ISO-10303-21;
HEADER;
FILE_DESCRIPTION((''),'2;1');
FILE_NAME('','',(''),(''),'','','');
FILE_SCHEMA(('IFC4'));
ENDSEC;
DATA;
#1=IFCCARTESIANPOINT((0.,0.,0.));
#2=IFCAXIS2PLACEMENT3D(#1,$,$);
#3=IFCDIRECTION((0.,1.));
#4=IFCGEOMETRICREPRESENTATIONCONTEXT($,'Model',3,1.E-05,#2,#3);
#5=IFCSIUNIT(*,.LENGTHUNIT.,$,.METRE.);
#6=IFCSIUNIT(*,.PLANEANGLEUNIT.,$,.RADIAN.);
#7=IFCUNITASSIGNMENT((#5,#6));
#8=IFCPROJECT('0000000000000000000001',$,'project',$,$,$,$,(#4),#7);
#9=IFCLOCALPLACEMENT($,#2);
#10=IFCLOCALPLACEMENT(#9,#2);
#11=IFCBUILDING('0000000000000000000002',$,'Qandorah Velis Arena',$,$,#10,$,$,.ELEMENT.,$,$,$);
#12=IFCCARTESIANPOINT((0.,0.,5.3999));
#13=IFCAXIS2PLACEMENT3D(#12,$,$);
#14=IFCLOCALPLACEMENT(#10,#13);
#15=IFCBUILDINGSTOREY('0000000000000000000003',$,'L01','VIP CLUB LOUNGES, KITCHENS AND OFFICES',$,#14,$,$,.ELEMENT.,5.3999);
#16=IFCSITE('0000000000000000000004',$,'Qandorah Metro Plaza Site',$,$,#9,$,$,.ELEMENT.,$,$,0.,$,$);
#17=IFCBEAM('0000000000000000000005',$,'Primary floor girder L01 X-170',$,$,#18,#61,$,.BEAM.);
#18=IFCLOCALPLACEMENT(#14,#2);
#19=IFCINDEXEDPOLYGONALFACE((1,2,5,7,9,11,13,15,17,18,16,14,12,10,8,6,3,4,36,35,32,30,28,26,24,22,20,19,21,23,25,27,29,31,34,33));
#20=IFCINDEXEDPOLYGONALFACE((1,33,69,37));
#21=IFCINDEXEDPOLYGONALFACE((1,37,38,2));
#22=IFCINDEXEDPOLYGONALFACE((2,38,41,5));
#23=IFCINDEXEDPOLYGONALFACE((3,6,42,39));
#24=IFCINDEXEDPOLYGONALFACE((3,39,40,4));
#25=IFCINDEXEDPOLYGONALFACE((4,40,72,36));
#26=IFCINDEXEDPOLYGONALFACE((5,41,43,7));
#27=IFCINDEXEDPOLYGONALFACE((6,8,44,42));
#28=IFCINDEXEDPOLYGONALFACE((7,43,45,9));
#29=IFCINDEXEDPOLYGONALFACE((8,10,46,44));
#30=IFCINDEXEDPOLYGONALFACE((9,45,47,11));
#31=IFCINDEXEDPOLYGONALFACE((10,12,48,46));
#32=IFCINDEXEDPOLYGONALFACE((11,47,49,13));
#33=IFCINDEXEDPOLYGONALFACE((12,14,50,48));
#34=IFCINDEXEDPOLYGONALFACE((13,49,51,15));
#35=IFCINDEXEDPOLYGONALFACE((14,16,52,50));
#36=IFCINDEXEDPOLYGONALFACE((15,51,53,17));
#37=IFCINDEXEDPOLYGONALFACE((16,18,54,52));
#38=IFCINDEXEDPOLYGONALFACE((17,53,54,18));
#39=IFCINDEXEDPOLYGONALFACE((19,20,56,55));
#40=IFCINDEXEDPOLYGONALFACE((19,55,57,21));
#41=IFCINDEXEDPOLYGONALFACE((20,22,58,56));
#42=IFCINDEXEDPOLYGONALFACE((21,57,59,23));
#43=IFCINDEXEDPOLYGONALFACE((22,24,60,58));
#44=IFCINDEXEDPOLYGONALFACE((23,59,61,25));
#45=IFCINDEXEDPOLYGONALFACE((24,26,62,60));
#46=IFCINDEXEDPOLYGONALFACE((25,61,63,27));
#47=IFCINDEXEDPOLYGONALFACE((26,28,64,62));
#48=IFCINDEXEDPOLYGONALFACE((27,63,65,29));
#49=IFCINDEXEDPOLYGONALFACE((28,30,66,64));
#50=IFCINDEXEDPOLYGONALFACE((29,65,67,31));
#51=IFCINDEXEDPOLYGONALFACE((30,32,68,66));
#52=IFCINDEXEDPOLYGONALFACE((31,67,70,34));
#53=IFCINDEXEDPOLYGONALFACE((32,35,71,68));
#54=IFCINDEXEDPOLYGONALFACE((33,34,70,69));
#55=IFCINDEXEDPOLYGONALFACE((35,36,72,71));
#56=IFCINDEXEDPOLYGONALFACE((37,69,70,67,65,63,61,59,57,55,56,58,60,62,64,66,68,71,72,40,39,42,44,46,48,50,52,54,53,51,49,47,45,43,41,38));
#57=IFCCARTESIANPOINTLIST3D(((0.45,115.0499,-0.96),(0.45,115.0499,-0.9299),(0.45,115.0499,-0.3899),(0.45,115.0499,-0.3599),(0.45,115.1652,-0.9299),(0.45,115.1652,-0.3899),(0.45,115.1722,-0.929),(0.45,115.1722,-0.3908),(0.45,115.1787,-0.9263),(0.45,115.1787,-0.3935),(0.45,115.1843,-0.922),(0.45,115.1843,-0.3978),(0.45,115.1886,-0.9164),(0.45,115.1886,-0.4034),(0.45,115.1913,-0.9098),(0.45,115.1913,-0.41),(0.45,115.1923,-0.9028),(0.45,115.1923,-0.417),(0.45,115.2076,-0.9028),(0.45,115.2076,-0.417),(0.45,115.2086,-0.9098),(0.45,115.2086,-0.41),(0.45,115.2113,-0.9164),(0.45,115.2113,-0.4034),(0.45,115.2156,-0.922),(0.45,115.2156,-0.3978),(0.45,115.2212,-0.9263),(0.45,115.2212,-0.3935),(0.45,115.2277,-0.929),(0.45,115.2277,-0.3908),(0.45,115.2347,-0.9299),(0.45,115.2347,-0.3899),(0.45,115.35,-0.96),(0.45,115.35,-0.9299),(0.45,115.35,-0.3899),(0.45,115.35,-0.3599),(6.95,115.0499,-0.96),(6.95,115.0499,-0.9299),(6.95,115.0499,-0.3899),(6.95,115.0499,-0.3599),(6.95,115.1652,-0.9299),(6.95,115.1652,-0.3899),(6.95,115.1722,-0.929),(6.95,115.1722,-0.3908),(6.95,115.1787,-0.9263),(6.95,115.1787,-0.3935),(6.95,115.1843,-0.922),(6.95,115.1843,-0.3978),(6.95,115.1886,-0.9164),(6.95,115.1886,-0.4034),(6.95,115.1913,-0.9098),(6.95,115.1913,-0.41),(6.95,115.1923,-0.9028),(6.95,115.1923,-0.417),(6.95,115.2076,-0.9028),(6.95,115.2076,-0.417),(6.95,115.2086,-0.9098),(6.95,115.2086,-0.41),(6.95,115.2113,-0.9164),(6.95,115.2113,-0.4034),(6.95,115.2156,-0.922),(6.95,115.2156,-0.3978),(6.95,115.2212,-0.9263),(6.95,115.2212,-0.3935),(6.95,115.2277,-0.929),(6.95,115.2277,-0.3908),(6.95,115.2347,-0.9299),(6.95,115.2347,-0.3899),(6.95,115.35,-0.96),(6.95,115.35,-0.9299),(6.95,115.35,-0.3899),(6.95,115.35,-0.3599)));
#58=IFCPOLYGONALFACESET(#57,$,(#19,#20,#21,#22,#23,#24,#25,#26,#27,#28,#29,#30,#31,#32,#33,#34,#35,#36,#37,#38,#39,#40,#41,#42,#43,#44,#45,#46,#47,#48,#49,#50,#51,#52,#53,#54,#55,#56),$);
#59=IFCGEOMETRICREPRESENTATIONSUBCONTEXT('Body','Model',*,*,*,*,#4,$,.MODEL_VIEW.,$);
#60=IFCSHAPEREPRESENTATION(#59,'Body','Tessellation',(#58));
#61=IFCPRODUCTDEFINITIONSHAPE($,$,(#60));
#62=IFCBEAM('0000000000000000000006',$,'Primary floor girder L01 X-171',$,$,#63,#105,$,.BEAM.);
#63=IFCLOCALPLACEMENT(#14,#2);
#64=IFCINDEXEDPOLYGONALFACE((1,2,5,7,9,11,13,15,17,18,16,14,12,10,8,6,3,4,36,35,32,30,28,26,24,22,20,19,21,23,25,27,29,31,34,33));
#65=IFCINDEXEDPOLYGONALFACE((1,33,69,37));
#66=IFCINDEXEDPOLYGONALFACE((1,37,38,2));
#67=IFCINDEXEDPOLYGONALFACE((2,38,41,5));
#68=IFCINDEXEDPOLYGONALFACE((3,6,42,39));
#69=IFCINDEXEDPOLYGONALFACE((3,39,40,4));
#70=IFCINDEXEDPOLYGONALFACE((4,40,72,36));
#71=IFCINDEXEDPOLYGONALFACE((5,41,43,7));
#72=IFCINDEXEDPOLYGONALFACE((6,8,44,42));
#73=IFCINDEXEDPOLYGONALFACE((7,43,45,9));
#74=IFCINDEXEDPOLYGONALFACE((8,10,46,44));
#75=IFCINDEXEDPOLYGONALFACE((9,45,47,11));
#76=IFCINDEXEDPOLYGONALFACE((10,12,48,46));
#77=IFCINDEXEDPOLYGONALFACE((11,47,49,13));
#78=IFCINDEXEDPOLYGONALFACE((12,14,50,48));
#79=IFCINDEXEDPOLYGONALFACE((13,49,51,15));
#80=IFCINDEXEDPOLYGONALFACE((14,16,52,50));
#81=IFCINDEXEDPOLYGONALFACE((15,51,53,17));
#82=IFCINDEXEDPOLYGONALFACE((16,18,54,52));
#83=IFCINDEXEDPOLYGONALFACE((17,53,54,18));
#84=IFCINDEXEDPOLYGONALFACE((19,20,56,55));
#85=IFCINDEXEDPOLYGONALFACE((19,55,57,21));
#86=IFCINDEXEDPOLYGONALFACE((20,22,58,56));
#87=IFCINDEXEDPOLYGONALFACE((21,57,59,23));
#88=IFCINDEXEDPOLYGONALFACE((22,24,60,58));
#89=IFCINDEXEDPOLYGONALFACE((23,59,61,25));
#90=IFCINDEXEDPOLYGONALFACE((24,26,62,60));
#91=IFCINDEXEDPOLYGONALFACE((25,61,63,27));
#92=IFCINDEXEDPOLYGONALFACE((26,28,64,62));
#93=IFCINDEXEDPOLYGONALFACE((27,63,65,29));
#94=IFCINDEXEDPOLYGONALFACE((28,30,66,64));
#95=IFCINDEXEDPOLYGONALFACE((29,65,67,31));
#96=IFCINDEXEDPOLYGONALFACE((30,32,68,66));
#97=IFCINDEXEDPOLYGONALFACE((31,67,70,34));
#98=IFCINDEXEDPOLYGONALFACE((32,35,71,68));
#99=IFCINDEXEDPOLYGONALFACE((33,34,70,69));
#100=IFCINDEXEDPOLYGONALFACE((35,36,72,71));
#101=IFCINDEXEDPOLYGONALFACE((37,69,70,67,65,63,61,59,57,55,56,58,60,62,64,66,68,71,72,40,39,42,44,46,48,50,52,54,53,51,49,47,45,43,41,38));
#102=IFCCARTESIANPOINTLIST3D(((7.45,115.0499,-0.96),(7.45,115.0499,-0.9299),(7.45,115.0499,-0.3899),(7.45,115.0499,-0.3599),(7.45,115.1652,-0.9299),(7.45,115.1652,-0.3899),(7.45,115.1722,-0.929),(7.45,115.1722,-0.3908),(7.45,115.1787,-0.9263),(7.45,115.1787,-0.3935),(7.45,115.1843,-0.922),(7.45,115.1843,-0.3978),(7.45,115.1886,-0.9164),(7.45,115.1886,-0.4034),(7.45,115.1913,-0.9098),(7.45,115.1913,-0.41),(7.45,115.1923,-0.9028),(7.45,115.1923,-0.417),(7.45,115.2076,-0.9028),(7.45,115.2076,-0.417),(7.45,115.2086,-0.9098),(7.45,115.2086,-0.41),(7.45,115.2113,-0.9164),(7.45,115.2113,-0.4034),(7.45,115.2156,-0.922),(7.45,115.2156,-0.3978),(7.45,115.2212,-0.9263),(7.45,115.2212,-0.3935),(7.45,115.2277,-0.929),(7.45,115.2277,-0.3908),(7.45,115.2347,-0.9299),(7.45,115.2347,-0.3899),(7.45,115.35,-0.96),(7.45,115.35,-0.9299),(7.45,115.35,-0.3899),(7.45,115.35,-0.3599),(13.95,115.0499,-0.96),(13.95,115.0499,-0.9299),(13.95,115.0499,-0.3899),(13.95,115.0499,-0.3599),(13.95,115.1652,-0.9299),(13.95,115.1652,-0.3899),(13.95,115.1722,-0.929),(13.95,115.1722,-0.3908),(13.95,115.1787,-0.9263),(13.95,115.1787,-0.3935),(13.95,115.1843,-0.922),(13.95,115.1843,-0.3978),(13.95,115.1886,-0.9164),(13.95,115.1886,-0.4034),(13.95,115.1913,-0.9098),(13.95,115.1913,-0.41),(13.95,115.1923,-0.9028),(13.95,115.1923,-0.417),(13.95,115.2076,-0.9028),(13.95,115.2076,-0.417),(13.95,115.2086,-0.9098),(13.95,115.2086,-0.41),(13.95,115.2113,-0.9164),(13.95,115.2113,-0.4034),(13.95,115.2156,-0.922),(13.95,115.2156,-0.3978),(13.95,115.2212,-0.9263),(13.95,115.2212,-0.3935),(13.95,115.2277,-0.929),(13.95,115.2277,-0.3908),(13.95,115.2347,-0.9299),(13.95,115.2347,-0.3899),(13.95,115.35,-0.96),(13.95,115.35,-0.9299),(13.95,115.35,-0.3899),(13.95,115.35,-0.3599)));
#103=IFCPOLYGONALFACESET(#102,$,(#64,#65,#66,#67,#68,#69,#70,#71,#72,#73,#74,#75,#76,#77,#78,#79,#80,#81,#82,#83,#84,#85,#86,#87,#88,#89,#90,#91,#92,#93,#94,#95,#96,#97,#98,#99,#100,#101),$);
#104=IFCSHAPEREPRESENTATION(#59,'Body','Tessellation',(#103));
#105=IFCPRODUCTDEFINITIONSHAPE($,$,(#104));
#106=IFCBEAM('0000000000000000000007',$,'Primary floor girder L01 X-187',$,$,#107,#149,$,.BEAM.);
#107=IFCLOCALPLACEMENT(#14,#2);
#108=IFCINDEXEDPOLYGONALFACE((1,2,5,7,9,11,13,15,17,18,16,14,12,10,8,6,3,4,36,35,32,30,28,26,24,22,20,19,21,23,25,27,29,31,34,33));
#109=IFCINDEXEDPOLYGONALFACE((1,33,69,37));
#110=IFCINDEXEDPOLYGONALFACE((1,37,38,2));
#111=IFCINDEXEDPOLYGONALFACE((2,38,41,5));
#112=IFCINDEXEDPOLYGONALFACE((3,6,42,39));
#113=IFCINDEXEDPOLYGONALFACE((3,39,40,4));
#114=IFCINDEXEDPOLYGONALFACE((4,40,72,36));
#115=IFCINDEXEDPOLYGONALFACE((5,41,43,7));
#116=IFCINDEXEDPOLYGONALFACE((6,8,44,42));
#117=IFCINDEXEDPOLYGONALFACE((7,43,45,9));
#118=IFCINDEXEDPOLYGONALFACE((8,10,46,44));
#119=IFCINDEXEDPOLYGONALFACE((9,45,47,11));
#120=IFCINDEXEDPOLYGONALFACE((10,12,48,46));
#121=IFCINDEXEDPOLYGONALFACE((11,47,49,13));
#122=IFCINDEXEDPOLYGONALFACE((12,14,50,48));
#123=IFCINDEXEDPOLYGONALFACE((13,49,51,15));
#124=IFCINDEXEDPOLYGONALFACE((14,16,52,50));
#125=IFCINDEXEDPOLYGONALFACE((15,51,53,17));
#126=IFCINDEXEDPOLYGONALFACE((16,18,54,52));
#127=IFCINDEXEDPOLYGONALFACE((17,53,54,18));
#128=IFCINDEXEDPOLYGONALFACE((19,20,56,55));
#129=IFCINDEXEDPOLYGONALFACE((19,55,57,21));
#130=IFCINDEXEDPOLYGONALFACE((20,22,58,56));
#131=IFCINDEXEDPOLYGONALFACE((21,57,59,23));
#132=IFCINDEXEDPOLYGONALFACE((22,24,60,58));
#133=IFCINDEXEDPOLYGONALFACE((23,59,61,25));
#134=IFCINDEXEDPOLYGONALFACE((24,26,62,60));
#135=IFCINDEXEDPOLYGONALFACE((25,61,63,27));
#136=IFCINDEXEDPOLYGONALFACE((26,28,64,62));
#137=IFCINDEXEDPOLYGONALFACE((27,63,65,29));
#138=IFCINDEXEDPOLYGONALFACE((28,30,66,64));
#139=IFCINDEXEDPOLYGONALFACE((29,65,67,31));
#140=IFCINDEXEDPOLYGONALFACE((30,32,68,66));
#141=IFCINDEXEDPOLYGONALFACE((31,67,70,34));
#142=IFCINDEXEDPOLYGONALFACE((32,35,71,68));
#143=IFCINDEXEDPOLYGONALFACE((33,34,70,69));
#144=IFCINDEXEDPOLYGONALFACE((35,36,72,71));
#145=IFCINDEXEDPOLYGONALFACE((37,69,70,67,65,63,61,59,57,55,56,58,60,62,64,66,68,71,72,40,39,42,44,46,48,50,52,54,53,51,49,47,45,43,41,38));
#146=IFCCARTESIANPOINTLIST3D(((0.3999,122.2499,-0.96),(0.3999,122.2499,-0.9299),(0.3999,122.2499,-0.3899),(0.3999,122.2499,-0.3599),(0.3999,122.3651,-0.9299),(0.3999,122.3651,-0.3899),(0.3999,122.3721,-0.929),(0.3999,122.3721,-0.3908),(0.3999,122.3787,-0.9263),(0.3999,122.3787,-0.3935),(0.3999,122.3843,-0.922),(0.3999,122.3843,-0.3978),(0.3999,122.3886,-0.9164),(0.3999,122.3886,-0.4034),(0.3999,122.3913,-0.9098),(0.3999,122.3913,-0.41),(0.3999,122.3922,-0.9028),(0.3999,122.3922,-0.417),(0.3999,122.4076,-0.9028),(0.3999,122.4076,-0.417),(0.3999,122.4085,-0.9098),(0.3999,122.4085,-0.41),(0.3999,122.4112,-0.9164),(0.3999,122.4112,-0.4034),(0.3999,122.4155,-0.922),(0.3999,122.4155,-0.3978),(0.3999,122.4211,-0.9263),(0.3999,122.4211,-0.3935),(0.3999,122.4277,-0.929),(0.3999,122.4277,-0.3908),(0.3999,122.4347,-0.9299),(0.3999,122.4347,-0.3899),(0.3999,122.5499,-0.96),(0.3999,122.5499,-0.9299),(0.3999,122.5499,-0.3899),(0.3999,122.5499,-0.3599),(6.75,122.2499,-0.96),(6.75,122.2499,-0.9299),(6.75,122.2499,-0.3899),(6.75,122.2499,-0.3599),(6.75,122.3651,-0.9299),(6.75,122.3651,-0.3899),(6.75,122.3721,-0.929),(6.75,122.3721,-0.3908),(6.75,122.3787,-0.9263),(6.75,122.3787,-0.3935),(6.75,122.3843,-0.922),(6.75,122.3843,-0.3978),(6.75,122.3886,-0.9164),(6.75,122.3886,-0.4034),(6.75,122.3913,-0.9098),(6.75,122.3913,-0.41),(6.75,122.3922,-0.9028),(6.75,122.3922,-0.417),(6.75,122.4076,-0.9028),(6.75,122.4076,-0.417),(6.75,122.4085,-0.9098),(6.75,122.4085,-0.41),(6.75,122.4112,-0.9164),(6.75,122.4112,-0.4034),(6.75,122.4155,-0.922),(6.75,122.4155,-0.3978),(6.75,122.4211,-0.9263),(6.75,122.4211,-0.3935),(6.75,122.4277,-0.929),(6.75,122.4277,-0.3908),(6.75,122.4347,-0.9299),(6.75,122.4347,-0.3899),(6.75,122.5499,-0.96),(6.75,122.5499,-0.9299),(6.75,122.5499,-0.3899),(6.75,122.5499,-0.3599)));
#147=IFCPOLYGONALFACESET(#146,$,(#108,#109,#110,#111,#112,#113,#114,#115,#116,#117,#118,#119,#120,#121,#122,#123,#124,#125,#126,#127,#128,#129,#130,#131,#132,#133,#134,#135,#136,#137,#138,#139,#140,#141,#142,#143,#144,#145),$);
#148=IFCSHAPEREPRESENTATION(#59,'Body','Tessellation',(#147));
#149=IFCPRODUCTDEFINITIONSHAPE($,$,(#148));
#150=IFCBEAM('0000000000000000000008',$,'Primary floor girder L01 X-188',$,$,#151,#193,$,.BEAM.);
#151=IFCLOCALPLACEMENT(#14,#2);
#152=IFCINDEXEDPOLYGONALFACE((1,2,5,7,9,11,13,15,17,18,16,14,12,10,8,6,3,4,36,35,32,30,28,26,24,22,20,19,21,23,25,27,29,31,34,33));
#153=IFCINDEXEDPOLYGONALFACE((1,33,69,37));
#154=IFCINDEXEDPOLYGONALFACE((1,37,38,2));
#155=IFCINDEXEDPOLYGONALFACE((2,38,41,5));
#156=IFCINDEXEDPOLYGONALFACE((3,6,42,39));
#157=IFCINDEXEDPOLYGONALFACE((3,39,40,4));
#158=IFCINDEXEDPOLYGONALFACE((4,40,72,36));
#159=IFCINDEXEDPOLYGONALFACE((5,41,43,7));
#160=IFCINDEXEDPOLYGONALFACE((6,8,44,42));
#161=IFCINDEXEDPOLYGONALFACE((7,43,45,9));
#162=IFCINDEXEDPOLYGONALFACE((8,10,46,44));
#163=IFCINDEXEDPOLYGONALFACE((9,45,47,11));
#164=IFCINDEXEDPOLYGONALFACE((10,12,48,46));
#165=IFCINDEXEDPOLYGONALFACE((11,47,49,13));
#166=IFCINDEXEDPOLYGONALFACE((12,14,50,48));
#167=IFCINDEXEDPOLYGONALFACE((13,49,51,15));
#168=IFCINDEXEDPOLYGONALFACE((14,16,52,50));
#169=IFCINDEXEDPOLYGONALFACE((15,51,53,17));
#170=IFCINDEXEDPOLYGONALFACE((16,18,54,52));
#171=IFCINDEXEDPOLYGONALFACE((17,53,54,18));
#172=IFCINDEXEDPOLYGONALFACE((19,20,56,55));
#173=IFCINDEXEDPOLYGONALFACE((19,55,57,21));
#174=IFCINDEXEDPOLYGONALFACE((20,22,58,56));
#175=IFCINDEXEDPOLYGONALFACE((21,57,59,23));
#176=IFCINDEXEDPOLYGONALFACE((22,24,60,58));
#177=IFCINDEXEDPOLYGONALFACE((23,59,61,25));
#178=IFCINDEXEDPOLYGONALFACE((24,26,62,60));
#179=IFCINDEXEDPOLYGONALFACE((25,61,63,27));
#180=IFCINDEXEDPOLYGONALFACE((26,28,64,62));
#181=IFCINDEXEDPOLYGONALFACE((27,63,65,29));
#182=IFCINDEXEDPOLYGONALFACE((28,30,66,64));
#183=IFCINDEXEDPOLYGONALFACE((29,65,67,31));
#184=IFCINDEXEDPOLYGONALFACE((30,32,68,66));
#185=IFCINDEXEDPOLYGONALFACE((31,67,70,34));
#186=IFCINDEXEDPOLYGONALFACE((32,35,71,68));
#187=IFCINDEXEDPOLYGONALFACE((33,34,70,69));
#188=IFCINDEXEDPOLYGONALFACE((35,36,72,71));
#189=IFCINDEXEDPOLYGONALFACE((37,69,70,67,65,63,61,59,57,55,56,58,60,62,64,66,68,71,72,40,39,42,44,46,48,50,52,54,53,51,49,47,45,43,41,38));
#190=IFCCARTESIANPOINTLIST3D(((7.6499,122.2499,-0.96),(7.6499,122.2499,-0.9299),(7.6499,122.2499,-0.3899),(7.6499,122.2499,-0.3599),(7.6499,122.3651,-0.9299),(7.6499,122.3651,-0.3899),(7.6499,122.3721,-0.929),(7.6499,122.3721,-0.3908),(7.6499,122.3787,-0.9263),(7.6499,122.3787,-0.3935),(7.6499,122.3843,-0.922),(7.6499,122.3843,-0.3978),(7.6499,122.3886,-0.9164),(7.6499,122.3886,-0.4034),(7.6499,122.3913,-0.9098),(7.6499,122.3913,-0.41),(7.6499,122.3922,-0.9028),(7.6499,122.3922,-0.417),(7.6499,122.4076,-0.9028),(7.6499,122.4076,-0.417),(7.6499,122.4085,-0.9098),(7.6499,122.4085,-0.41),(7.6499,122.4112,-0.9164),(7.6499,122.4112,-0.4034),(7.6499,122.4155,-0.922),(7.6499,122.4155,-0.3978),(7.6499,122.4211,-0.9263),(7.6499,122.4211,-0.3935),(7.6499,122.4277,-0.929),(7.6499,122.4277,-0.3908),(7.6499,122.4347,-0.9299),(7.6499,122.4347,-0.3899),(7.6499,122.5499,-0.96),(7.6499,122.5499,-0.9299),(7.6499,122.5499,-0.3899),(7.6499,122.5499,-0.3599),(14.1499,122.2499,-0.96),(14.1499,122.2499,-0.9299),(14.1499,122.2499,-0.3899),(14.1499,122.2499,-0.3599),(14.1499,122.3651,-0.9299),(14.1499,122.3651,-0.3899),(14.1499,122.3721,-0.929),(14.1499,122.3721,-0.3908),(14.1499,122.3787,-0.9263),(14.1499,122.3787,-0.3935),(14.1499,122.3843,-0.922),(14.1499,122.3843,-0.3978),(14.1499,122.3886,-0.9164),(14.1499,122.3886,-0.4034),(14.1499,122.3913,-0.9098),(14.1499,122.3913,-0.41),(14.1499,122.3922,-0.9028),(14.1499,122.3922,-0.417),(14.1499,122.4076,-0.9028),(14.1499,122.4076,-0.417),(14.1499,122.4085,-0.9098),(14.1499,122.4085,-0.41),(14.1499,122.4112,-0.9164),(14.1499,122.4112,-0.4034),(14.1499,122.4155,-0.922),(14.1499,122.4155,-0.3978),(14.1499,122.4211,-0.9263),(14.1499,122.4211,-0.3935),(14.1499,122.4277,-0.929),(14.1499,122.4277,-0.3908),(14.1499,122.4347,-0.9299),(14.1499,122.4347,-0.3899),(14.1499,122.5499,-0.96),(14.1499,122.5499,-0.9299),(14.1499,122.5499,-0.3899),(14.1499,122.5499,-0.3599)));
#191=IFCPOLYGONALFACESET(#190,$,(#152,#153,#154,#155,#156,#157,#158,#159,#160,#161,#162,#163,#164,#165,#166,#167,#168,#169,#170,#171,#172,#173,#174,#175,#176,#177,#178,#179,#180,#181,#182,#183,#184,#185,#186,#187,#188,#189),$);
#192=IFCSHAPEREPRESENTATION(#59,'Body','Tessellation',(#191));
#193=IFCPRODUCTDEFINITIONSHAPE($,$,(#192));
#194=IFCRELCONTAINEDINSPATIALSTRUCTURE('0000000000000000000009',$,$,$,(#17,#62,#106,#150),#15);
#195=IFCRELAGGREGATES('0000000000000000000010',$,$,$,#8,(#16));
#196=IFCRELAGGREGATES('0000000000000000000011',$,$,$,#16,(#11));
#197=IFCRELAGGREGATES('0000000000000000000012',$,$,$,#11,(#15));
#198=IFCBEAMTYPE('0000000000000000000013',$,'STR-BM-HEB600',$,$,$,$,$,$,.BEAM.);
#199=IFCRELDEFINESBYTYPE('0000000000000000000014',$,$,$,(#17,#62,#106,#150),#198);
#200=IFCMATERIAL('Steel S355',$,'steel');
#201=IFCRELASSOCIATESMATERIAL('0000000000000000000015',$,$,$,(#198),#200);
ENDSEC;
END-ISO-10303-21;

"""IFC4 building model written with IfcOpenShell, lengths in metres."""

from ifc_helpers import new_model, si_unit, direction, frame, origin, origin_2d, place, context, subcontext, project, spatial, i_section, extrude, material, material_profile, profile_set, type_object, element, save


model = new_model("IFC4")

# Units and contexts
model_context = context("Model", 3, precision=1e-05, world=origin(), true_north=direction((0.0, 1.0)))
body_context = subcontext(model_context, "Body", "Model", "MODEL_VIEW")
ifc_project = project(units=[si_unit("LENGTHUNIT", "METRE"), si_unit("PLANEANGLEUNIT", "RADIAN")], contexts=[model_context])

# Site, building, storey
site_placement = place(None, origin())
site = spatial("IfcSite", under=ifc_project, at=site_placement, Name="Qandorah Metro Plaza Site", CompositionType="ELEMENT", RefElevation=0.0)
building_placement = place(site_placement, origin())
building = spatial("IfcBuilding", under=site, at=building_placement, Name="Qandorah Velis Arena", CompositionType="ELEMENT")
storey_placement = place(building_placement, frame((0.0, 0.0, 5.3999)))
storey = spatial("IfcBuildingStorey", under=building, at=storey_placement, Name="L01", Description="VIP CLUB LOUNGES, KITCHENS AND OFFICES", CompositionType="ELEMENT", Elevation=5.3999)

# Beams
ifc_material_1 = material(Name="Steel S355", Category="steel")
ifc_material_profile_1 = material_profile(ifc_material_1, i_section(OverallWidth=0.3, OverallDepth=0.6001, WebThickness=0.0154, FlangeThickness=0.03, FilletRadius=0.0271, at=origin_2d()), Name="HEB 600")
ifc_profile_set_1 = profile_set([ifc_material_profile_1], Name="Steel S355")
beam_type_1 = type_object("IfcBeamType", Name="STR-BM-HEB600", PredefinedType="BEAM", material=ifc_profile_set_1)
for number, where, z_axis, x_axis, name in (
    (1, (0.45, 115.2, -0.6599), (1.0, 0.0, 0.0), (0.0, 1.0, 0.0), "Primary floor girder L01 X-170"),
    (2, (7.45, 115.2, -0.6599), (1.0, 0.0, 0.0), (0.0, 1.0, 0.0), "Primary floor girder L01 X-171"),
):
    element("IfcBeam", number, at=place(storey_placement, frame(where, z_axis=z_axis, x_axis=x_axis)), inside=storey, type_object=beam_type_1, Name=name, PredefinedType="BEAM", context=body_context, shape_type="SweptSolid", body=[
        extrude(i_section(OverallWidth=0.3, OverallDepth=0.6001, WebThickness=0.0154, FlangeThickness=0.03, FilletRadius=0.0271, at=origin_2d()), origin(), (0.0, 0.0, 1.0), 6.5),
    ])
beam_1_placement = place(storey_placement, frame((0.3999, 122.3999, -0.6599), z_axis=(1.0, 0.0, 0.0), x_axis=(0.0, 1.0, 0.0)))
element("IfcBeam", 3, at=beam_1_placement, inside=storey, type_object=beam_type_1, Name="Primary floor girder L01 X-187", PredefinedType="BEAM", context=body_context, shape_type="SweptSolid", body=[
    extrude(i_section(OverallWidth=0.3, OverallDepth=0.6001, WebThickness=0.0154, FlangeThickness=0.03, FilletRadius=0.0271, at=origin_2d()), origin(), (0.0, 0.0, 1.0), 6.3501),
])
beam_2_placement = place(storey_placement, frame((7.6499, 122.3999, -0.6599), z_axis=(1.0, 0.0, 0.0), x_axis=(0.0, 1.0, 0.0)))
element("IfcBeam", 4, at=beam_2_placement, inside=storey, type_object=beam_type_1, Name="Primary floor girder L01 X-188", PredefinedType="BEAM", context=body_context, shape_type="SweptSolid", body=[
    extrude(i_section(OverallWidth=0.3, OverallDepth=0.6001, WebThickness=0.0154, FlangeThickness=0.03, FilletRadius=0.0271, at=origin_2d()), origin(), (0.0, 0.0, 1.0), 6.5),
])

save(model, "model.ifc")
